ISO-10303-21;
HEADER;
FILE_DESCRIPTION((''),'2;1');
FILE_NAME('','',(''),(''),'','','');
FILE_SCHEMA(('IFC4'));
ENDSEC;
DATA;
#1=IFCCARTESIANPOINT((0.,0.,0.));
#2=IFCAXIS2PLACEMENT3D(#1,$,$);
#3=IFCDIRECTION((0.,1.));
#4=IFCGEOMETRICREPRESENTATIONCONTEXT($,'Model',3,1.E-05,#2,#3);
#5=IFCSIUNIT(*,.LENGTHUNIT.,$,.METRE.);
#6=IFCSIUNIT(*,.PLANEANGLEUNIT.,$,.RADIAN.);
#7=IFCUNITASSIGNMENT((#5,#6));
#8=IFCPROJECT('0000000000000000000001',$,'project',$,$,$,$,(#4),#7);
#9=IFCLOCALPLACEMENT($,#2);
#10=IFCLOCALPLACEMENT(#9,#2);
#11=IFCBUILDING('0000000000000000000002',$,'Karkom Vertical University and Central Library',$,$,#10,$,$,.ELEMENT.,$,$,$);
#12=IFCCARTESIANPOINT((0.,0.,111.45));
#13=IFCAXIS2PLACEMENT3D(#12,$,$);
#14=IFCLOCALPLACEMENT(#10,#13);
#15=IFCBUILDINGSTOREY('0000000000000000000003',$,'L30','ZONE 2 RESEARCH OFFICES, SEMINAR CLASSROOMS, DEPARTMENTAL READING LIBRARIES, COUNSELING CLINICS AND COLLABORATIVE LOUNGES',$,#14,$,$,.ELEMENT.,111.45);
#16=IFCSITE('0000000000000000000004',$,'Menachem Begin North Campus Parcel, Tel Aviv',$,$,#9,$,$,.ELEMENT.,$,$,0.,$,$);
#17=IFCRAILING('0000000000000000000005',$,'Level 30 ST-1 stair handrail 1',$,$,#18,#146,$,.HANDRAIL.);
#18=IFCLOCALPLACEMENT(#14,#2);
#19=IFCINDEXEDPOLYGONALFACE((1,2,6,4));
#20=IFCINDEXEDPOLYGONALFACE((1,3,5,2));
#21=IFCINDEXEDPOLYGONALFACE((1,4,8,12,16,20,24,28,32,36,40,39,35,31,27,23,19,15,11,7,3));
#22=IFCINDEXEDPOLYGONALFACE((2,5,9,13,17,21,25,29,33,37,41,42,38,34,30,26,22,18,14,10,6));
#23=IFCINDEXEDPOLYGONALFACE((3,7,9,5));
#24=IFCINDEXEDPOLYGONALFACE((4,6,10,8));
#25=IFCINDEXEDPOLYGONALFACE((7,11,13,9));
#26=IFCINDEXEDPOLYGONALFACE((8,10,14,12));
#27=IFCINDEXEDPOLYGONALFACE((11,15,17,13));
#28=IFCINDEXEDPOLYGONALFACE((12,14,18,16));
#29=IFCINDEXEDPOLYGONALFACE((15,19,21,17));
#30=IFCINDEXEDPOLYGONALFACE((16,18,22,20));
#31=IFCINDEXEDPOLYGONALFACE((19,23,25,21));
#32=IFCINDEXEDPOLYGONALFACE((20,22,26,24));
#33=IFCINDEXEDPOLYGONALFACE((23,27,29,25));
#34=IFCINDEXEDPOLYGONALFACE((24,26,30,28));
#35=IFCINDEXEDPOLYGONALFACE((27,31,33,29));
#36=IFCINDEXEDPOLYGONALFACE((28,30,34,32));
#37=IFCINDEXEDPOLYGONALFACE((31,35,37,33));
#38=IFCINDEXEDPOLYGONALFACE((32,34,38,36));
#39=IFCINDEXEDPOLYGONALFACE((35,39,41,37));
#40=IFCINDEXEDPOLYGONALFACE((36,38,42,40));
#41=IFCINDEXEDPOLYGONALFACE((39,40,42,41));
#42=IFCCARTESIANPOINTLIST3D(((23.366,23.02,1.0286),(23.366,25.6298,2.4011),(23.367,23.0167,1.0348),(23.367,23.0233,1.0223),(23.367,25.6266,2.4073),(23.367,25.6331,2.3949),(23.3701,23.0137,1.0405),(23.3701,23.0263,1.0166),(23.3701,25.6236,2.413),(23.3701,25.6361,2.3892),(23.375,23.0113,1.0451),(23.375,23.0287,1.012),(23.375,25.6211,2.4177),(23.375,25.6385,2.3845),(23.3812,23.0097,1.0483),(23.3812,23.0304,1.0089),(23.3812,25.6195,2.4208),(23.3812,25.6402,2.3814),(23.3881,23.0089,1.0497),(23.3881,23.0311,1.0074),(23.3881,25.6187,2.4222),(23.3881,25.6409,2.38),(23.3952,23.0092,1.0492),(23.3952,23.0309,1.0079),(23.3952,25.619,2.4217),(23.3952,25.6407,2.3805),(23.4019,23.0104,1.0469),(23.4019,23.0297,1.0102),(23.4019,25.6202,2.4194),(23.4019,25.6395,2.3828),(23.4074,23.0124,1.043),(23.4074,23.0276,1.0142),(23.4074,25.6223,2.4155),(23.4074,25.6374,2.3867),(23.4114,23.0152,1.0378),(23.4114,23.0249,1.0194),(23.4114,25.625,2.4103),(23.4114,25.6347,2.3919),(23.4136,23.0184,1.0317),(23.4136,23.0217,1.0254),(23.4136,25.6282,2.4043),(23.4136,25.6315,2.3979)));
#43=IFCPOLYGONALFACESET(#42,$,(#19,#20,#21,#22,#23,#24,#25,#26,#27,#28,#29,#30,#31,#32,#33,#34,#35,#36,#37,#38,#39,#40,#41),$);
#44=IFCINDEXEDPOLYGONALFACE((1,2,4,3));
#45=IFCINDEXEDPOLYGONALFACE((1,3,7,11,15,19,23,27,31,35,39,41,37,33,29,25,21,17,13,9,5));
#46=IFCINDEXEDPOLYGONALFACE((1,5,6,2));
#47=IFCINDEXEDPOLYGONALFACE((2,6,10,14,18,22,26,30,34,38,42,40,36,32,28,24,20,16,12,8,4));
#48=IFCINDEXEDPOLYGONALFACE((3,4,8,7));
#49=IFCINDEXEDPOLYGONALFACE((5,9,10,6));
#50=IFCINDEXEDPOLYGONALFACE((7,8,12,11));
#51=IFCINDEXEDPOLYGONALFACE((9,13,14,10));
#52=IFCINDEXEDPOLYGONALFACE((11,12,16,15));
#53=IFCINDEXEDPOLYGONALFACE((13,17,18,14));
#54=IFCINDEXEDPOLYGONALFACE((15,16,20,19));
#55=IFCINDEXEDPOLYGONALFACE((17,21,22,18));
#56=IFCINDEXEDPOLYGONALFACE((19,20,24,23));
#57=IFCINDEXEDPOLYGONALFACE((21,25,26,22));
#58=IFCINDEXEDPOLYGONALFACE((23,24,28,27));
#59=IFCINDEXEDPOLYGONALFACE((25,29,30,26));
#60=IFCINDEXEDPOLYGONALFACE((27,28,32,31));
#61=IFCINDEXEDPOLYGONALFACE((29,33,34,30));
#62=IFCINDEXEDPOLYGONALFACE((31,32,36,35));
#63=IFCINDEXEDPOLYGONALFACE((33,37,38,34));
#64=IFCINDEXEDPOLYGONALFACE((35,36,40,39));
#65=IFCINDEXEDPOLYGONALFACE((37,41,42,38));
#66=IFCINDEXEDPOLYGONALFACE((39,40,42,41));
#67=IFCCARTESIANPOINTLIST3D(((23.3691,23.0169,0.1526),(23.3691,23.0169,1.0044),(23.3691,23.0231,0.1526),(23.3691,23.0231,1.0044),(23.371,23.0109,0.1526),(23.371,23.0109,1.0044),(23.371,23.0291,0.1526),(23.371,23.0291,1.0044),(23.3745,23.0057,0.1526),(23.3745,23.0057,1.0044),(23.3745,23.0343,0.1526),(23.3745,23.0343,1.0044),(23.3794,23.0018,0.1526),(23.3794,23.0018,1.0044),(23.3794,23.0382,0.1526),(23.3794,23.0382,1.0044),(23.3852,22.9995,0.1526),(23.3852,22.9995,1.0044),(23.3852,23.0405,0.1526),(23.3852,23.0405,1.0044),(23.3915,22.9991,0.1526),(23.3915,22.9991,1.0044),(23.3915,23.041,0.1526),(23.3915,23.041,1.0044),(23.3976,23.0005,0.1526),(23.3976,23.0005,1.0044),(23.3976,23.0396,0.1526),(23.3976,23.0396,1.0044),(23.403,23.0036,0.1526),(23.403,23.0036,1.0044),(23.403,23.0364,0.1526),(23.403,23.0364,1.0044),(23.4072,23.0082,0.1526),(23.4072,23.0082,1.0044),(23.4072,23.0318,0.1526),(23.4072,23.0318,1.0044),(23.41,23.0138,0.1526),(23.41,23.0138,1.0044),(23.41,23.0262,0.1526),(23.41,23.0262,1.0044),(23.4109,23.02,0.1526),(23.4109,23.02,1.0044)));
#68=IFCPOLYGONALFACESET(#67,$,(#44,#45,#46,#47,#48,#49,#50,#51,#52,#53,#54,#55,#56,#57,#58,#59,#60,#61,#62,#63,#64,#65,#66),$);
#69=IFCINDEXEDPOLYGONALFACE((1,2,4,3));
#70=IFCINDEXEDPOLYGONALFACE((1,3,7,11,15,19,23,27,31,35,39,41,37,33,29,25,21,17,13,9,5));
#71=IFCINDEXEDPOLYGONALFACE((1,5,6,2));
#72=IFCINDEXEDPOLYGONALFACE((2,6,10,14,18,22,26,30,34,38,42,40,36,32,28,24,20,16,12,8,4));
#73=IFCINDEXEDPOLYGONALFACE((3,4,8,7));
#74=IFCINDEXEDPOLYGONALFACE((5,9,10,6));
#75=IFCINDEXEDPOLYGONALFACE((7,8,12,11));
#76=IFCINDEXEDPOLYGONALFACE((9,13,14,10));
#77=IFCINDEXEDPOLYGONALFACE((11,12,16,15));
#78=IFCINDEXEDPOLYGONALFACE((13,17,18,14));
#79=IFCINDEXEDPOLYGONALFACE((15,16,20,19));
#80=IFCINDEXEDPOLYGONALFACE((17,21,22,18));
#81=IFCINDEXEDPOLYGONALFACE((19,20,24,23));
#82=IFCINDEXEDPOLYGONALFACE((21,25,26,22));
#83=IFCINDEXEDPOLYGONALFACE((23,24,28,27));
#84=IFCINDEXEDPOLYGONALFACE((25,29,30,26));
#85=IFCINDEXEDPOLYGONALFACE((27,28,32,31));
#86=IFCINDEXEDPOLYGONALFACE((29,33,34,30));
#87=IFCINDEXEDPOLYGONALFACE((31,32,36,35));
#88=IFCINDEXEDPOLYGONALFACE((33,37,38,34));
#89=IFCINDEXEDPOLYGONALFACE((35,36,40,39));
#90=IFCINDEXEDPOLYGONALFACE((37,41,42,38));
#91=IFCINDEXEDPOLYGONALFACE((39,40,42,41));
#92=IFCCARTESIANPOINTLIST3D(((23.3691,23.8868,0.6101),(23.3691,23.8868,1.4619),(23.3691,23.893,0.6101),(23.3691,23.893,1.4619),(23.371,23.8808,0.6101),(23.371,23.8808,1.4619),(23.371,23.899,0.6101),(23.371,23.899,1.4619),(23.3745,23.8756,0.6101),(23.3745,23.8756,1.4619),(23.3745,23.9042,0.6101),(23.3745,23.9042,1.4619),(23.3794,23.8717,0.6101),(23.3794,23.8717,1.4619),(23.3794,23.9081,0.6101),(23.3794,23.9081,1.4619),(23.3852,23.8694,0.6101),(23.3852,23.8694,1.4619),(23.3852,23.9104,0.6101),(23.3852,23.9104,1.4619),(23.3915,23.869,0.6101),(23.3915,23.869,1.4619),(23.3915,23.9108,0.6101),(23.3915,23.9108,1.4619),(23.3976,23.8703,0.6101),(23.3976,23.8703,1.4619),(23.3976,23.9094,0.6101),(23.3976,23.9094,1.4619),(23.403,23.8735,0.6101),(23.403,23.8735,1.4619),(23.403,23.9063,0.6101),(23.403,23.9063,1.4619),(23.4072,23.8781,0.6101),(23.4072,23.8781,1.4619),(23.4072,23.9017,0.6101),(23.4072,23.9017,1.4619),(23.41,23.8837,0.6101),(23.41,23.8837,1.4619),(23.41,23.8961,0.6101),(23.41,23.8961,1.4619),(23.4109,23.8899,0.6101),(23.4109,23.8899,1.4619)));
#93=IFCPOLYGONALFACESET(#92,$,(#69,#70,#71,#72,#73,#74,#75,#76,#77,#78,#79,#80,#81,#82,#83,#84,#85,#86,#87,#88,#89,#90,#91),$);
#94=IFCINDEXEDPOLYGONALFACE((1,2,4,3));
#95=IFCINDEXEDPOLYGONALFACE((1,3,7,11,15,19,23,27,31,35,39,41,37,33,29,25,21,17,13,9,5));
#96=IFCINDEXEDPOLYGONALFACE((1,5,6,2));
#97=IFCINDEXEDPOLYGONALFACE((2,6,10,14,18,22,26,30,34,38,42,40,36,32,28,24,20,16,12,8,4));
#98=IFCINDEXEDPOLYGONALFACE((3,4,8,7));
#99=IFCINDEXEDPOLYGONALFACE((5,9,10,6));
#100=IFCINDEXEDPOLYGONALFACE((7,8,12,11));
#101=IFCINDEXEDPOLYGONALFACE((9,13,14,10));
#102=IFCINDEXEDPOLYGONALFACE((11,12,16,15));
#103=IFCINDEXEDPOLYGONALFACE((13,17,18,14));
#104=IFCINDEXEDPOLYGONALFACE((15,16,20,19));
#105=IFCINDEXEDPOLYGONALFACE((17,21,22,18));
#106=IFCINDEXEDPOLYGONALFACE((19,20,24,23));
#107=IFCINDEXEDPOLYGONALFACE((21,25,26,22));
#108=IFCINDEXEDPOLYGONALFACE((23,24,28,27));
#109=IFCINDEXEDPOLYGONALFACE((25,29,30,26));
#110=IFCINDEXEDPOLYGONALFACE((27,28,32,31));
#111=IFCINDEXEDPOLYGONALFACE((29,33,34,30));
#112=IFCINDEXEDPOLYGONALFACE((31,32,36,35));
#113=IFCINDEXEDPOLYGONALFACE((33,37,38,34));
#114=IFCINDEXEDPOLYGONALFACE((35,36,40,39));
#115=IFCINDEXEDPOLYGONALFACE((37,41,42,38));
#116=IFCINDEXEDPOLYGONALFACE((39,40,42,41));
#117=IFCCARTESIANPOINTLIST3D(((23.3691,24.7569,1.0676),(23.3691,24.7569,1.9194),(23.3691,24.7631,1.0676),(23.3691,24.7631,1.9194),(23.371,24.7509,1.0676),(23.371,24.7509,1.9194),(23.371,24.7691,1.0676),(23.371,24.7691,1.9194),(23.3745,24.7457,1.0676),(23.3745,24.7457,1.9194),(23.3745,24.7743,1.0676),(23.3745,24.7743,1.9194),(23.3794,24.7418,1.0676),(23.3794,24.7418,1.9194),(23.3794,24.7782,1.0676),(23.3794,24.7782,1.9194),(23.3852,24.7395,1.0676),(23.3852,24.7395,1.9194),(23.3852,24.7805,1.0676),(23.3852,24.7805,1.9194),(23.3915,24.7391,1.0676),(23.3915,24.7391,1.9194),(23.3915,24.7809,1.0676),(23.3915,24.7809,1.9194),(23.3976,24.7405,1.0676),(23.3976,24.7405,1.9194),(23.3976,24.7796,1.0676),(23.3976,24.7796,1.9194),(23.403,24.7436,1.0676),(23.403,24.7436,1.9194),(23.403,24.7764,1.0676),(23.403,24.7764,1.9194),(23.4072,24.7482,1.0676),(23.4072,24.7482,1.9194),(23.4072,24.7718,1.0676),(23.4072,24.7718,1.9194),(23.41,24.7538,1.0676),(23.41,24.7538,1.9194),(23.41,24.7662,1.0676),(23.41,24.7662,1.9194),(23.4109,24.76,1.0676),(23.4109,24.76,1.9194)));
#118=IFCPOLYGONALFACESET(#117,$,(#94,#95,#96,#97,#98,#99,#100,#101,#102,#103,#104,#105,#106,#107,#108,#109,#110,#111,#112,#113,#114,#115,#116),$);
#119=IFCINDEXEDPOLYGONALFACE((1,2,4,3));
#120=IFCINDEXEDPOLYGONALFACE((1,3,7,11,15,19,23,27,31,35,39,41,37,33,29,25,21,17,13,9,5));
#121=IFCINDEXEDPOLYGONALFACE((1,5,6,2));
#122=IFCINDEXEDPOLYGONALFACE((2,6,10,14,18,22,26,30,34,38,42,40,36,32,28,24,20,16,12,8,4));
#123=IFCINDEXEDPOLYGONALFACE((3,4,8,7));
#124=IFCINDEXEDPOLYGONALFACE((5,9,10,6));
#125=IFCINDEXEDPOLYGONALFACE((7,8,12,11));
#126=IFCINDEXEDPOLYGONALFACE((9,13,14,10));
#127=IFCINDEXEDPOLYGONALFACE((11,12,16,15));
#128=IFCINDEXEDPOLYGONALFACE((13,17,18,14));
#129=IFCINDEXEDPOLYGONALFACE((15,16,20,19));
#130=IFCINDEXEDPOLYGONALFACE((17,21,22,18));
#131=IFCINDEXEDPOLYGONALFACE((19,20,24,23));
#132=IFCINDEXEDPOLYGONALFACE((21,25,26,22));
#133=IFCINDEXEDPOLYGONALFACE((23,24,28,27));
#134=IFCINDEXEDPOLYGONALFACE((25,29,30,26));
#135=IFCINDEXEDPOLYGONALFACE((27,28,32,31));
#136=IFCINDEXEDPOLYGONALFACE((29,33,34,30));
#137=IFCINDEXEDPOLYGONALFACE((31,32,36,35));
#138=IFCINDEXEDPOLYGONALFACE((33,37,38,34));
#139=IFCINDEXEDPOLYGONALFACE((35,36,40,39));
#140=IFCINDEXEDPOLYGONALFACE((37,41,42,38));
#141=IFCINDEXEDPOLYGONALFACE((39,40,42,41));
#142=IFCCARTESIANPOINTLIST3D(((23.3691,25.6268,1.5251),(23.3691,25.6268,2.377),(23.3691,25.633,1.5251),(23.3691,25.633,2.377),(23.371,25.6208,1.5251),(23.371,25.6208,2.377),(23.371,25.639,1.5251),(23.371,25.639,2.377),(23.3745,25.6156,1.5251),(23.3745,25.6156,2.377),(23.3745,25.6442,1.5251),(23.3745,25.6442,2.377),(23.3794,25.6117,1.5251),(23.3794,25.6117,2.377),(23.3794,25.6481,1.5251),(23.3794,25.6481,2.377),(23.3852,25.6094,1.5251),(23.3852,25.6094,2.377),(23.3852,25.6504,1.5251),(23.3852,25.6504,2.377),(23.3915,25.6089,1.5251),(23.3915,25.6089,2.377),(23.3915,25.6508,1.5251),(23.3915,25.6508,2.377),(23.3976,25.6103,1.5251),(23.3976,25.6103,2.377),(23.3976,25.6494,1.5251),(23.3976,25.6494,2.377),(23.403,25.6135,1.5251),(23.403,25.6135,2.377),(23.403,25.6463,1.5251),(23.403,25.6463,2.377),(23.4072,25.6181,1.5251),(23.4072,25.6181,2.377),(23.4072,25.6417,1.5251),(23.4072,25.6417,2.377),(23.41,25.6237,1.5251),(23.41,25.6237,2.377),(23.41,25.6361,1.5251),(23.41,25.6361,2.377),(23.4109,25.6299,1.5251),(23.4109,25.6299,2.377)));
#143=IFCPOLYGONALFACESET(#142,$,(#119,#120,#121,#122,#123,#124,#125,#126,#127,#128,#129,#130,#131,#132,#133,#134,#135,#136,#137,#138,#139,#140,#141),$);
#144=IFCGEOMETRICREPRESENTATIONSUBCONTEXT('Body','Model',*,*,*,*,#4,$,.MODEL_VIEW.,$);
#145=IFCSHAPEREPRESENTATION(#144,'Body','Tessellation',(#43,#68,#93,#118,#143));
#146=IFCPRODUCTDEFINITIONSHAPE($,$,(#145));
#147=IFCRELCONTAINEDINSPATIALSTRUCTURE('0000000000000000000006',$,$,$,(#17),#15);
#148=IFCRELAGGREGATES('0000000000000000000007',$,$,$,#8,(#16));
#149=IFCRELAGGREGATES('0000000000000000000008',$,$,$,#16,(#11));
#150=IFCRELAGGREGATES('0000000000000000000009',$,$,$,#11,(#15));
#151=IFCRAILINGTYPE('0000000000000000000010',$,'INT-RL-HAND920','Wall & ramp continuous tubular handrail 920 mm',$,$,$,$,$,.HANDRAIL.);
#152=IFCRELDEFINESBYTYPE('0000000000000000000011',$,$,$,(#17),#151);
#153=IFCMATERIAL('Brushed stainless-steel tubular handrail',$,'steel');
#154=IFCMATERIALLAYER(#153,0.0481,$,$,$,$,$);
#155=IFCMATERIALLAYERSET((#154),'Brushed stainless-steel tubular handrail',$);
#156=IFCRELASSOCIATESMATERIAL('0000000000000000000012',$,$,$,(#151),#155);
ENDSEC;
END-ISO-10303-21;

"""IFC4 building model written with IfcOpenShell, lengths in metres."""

from ifc_helpers import new_model, si_unit, direction, frame, origin, origin_2d, place, context, subcontext, project, spatial, circle, extrude, material, layer, layer_set, type_object, element, save


model = new_model("IFC4")

# Units and contexts
model_context = context("Model", 3, precision=1e-05, world=origin(), true_north=direction((0.0, 1.0)))
body_context = subcontext(model_context, "Body", "Model", "MODEL_VIEW")
ifc_project = project(units=[si_unit("LENGTHUNIT", "METRE"), si_unit("PLANEANGLEUNIT", "RADIAN")], contexts=[model_context])

# Site, building, storey
site_placement = place(None, origin())
site = spatial("IfcSite", under=ifc_project, at=site_placement, Name="Menachem Begin North Campus Parcel, Tel Aviv", CompositionType="ELEMENT", RefElevation=0.0)
building_placement = place(site_placement, origin())
building = spatial("IfcBuilding", under=site, at=building_placement, Name="Karkom Vertical University and Central Library", CompositionType="ELEMENT")
storey_placement = place(building_placement, frame((0.0, 0.0, 111.45)))
storey = spatial("IfcBuildingStorey", under=building, at=storey_placement, Name="L30", Description="ZONE 2 RESEARCH OFFICES, SEMINAR CLASSROOMS, DEPARTMENTAL READING LIBRARIES, COUNSELING CLINICS AND COLLABORATIVE LOUNGES", CompositionType="ELEMENT", Elevation=111.45)

# Railing
ifc_material_1 = material(Name="Brushed stainless-steel tubular handrail", Category="steel")
ifc_layer_1 = layer(ifc_material_1, 0.0481)
ifc_layer_set_1 = layer_set([ifc_layer_1], Name="Brushed stainless-steel tubular handrail")
railing_type_1 = type_object("IfcRailingType", Name="INT-RL-HAND920", Description="Wall & ramp continuous tubular handrail 920 mm", PredefinedType="HANDRAIL", material=ifc_layer_set_1)
railing_1_placement = place(storey_placement, frame((23.3899, 23.02, 0.1526)))
element("IfcRailing", 1, at=railing_1_placement, inside=storey, type_object=railing_type_1, Name="Level 30 ST-1 stair handrail 1", PredefinedType="HANDRAIL", context=body_context, shape_type="SweptSolid", body=[
    extrude(circle(Radius=0.0239, at=origin_2d()), frame((0.0, 0.0, 0.876), z_axis=(0.0, 0.885065, 0.465467), x_axis=(-1.0, 0.0, 0.0)), (0.0, 0.0, 1.0), 2.9487),
    extrude(circle(Radius=0.021, at=origin_2d()), origin(), (0.0, 0.0, 1.0), 0.8518),
    extrude(circle(Radius=0.021, at=origin_2d()), frame((0.0, 0.8699, 0.4575)), (0.0, 0.0, 1.0), 0.8518),
    extrude(circle(Radius=0.021, at=origin_2d()), frame((0.0, 1.74, 0.915)), (0.0, 0.0, 1.0), 0.8518),
    extrude(circle(Radius=0.021, at=origin_2d()), frame((0.0, 2.6099, 1.3726)), (0.0, 0.0, 1.0), 0.8518),
])

save(model, "model.ifc")
